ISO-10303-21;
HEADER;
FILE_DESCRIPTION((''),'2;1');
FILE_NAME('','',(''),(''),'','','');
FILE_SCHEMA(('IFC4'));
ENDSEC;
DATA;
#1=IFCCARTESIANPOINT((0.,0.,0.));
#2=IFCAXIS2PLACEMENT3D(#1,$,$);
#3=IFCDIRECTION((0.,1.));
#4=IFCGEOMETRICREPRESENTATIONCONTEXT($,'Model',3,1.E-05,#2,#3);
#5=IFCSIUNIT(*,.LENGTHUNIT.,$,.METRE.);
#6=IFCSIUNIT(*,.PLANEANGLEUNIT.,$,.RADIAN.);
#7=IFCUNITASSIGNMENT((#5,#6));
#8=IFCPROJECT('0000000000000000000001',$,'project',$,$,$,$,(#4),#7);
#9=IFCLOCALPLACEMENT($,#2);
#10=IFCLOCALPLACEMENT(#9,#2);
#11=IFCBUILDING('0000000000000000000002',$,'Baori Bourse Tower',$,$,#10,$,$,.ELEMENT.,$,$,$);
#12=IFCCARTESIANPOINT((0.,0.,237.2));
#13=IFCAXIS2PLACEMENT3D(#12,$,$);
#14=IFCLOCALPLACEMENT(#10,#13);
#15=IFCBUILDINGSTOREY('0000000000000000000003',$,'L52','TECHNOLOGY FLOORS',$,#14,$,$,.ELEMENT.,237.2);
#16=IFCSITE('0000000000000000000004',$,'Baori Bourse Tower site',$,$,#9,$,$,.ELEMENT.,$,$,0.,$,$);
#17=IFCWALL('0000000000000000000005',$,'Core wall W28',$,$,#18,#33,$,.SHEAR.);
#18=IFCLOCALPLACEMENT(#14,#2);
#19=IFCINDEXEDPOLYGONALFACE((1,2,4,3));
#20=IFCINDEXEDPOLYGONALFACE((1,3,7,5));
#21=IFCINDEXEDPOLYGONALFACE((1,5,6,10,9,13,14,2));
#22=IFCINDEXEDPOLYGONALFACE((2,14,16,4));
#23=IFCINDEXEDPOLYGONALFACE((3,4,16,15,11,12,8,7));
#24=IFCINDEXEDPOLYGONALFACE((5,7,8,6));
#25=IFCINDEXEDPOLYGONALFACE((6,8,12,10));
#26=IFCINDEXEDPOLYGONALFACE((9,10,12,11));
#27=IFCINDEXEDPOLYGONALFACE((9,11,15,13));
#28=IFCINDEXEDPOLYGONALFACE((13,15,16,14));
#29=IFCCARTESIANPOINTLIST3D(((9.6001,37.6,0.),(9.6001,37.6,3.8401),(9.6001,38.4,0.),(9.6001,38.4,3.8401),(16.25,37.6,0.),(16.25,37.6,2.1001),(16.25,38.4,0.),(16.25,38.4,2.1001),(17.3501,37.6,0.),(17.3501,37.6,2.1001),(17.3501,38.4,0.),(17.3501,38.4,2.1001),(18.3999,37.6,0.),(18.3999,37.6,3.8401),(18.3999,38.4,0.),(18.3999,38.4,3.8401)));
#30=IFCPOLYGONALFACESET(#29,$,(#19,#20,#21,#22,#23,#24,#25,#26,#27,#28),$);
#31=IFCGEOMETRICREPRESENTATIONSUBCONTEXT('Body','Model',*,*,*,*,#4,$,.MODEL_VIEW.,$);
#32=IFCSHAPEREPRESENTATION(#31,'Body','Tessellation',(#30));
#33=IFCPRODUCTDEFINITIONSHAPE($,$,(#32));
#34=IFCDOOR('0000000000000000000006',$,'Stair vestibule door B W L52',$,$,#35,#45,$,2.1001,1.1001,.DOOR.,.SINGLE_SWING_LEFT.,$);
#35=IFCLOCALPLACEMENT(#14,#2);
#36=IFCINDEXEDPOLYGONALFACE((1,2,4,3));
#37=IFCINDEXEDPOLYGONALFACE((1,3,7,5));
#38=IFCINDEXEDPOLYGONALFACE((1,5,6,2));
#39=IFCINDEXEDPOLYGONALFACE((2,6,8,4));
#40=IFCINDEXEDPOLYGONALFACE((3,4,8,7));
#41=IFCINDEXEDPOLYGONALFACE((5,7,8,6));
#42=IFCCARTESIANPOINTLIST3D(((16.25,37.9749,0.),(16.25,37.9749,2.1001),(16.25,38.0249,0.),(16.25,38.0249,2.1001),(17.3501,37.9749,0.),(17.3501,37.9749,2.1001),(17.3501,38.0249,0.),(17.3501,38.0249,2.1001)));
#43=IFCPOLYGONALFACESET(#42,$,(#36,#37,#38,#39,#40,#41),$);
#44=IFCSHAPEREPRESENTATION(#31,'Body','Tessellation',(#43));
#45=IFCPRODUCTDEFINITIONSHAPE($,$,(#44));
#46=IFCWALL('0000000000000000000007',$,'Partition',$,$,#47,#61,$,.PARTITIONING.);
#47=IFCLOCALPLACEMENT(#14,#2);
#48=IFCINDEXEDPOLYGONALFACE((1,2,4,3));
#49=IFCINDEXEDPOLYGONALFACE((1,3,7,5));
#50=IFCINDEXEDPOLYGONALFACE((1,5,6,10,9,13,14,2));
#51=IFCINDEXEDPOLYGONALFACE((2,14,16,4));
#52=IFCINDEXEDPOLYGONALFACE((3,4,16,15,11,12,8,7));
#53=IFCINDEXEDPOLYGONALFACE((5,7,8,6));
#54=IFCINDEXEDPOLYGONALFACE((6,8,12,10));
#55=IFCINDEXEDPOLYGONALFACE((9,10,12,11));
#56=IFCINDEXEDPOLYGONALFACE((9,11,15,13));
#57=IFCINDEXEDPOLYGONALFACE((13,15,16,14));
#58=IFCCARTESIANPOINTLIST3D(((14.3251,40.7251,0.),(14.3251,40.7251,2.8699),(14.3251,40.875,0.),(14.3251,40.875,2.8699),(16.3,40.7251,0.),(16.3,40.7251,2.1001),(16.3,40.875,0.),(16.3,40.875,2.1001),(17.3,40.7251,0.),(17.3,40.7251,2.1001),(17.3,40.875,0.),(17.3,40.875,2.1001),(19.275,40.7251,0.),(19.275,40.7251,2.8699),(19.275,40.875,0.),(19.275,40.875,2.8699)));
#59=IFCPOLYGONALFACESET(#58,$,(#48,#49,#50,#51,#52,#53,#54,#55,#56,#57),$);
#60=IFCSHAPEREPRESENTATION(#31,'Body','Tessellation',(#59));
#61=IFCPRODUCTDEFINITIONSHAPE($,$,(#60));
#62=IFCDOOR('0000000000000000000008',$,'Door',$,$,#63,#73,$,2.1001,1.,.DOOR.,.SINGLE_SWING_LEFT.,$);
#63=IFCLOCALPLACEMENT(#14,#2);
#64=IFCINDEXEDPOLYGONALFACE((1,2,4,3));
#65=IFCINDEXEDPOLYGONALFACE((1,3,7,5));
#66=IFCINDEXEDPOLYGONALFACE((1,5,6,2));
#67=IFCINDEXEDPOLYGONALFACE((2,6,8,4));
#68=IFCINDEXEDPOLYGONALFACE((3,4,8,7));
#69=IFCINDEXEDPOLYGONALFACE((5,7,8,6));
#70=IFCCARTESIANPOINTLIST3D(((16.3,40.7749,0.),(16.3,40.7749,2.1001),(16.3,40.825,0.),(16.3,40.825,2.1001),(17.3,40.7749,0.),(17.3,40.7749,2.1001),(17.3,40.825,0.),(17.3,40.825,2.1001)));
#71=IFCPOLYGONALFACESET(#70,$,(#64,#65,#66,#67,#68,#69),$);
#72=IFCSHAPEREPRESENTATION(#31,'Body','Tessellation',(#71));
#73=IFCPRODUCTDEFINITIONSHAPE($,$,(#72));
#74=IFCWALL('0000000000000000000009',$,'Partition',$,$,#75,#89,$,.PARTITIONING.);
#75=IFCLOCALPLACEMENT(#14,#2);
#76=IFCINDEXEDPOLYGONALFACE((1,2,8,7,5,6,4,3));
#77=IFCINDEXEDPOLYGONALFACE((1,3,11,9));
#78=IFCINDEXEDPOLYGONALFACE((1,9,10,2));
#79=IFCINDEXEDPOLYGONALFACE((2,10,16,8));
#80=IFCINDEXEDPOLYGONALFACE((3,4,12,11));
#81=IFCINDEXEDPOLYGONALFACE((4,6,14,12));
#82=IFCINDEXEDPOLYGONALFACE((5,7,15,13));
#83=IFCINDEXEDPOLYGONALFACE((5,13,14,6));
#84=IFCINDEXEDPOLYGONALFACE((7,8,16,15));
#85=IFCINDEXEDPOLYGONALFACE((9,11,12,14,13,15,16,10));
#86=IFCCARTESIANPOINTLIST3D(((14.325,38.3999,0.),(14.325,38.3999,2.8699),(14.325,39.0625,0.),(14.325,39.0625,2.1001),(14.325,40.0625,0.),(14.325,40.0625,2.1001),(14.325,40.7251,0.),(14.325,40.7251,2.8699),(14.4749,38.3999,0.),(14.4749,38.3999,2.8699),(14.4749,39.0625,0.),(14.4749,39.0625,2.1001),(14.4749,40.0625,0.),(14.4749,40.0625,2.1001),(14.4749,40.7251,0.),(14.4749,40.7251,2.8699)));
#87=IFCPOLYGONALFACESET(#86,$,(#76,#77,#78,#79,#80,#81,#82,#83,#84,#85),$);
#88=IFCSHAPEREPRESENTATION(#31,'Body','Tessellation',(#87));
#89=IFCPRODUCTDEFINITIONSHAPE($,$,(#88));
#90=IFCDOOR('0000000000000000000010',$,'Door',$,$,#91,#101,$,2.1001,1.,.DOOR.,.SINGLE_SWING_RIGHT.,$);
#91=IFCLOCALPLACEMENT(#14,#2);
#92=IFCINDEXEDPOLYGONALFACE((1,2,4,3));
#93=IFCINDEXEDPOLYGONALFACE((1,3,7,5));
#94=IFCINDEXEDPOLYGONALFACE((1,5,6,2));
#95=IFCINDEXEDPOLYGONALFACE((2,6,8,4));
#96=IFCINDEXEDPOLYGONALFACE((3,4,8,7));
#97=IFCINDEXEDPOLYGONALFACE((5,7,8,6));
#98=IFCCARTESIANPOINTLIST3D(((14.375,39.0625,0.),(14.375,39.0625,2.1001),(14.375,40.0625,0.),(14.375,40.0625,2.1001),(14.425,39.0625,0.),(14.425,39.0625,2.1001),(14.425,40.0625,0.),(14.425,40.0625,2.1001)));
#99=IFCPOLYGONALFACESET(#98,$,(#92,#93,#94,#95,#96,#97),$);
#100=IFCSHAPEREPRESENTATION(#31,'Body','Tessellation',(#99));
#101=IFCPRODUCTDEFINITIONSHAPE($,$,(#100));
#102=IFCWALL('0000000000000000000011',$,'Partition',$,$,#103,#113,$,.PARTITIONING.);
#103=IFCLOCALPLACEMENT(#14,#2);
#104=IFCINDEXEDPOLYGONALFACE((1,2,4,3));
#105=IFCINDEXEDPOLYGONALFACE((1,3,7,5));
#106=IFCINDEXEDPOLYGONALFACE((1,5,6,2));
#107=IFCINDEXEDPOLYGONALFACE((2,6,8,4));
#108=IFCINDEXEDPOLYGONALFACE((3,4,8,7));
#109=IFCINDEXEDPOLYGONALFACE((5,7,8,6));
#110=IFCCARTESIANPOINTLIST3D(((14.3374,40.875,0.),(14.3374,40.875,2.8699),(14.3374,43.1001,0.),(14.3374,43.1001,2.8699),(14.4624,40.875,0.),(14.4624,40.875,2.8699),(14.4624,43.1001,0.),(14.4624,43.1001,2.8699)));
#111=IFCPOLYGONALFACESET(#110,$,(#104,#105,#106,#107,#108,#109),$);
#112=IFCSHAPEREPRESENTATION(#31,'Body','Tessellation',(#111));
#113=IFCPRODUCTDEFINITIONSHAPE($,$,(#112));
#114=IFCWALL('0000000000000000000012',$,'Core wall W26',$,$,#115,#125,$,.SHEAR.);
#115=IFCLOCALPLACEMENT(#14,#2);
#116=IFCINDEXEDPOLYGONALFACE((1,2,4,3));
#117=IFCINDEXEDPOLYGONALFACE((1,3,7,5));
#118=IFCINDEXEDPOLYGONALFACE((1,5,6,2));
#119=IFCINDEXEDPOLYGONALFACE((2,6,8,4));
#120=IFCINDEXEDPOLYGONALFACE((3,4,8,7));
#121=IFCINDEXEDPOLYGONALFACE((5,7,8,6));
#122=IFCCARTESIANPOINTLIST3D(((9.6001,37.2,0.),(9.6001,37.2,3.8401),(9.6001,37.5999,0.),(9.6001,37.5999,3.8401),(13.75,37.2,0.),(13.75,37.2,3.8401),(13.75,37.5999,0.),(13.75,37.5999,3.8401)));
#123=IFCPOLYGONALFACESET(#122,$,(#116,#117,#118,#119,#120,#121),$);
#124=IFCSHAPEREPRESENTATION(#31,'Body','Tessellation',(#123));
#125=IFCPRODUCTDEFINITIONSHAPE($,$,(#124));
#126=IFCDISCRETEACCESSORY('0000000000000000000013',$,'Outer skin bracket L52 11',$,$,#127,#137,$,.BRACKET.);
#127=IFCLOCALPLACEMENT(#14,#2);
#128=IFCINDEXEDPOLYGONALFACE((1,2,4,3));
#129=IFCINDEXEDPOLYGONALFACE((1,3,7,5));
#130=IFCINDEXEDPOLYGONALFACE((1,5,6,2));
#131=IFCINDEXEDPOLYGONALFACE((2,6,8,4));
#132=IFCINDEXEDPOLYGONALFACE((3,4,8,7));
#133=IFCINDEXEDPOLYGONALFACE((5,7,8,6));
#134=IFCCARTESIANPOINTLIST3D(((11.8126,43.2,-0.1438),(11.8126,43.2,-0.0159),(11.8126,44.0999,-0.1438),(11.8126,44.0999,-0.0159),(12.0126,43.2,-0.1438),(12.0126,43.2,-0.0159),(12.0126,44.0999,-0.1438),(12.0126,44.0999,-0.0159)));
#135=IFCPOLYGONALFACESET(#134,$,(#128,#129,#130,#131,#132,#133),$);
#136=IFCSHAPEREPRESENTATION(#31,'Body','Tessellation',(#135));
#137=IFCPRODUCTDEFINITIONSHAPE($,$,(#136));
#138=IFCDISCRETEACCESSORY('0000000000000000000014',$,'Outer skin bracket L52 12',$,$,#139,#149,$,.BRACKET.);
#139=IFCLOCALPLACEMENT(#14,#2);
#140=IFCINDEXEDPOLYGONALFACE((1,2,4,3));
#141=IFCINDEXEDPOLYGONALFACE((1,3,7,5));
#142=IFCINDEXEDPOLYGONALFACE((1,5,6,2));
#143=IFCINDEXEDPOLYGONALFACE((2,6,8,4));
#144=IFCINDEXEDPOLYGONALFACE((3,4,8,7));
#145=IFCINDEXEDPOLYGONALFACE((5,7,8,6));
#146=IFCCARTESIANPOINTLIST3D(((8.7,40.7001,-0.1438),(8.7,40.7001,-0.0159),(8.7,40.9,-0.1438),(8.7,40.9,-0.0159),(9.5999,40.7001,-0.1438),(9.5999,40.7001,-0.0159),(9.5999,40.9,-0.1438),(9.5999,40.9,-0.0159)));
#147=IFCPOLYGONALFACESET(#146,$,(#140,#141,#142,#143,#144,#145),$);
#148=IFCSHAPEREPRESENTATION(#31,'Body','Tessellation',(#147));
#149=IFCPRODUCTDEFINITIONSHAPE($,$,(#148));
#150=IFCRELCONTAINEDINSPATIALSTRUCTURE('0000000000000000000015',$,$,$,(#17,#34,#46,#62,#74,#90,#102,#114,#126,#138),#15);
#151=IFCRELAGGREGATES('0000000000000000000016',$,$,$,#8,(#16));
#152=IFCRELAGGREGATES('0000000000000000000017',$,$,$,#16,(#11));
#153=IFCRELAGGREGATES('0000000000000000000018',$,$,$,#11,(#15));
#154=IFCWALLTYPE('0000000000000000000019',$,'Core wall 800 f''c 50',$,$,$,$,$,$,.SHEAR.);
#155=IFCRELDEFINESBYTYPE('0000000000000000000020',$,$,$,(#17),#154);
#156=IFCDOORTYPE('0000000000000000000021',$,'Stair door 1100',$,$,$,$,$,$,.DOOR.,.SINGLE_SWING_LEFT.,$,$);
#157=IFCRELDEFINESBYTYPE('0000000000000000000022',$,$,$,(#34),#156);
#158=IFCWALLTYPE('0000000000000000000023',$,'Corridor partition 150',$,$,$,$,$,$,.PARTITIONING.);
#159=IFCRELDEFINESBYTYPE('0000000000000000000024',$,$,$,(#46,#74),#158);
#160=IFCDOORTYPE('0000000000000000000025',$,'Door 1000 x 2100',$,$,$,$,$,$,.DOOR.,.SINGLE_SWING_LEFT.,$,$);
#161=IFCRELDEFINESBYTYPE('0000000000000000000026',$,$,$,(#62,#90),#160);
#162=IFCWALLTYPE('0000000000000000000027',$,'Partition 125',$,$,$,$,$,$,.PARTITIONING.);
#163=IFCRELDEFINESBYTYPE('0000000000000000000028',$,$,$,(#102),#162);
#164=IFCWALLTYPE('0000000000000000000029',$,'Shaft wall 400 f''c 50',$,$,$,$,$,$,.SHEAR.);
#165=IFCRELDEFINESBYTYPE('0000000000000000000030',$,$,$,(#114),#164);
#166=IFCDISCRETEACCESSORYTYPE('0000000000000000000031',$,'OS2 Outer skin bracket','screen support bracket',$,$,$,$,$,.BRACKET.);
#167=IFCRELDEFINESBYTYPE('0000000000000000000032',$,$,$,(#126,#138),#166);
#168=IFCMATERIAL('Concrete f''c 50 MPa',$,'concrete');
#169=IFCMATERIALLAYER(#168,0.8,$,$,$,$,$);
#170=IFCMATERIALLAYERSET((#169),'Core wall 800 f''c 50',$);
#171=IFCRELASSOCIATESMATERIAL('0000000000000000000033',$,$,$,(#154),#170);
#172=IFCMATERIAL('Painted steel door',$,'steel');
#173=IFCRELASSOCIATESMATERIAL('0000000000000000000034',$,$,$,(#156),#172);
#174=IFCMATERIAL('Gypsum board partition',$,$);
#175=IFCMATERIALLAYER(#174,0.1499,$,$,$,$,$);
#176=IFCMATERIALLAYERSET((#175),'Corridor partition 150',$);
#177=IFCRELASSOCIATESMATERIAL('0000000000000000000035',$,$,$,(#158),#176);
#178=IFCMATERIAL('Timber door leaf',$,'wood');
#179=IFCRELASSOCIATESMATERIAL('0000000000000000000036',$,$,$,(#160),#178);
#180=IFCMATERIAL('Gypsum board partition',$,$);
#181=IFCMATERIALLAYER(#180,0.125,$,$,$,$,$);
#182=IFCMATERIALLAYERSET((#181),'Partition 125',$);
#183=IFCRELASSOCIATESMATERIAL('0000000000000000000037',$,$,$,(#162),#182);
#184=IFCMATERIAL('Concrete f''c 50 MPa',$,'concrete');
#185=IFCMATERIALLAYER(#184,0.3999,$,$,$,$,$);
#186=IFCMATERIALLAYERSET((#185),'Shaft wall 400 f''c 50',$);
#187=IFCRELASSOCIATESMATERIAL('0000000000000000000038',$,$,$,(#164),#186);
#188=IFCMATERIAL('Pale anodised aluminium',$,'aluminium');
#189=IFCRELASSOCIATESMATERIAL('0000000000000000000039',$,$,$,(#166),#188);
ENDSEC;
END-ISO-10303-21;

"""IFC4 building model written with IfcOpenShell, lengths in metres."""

from ifc_helpers import new_model, si_unit, direction, frame, frame_2d, origin, origin_2d, place, context, subcontext, project, spatial, rectangle, extrude, material, layer, layer_set, type_object, element, fill, save


model = new_model("IFC4")

# Units and contexts
model_context = context("Model", 3, precision=1e-05, world=origin(), true_north=direction((0.0, 1.0)))
body_context = subcontext(model_context, "Body", "Model", "MODEL_VIEW")
ifc_project = project(units=[si_unit("LENGTHUNIT", "METRE"), si_unit("PLANEANGLEUNIT", "RADIAN")], contexts=[model_context])

# Site, building, storey
site_placement = place(None, origin())
site = spatial("IfcSite", under=ifc_project, at=site_placement, Name="Baori Bourse Tower site", CompositionType="ELEMENT", RefElevation=0.0)
building_placement = place(site_placement, origin())
building = spatial("IfcBuilding", under=site, at=building_placement, Name="Baori Bourse Tower", CompositionType="ELEMENT")
storey_placement = place(building_placement, frame((0.0, 0.0, 237.2)))
storey = spatial("IfcBuildingStorey", under=building, at=storey_placement, Name="L52", Description="TECHNOLOGY FLOORS", CompositionType="ELEMENT", Elevation=237.2)

# Shared definitions
ifc_material_1 = material(Name="Concrete f'c 50 MPa", Category="concrete")
ifc_layer_1 = layer(ifc_material_1, 0.8)
ifc_layer_set_1 = layer_set([ifc_layer_1], Name="Core wall 800 f'c 50")
wall_type_1 = type_object("IfcWallType", Name="Core wall 800 f'c 50", PredefinedType="SHEAR", material=ifc_layer_set_1)

# Walls, openings, doors
wall_1_placement = place(storey_placement, frame((9.6001, 38.0, 0.0), z_axis=(0.0, 0.0, 1.0), x_axis=(1.0, 0.0, 0.0)))
wall_1 = element("IfcWall", 1, at=wall_1_placement, inside=storey, type_object=wall_type_1, Name="Core wall W28", PredefinedType="SHEAR", context=body_context, shape_type="SweptSolid", body=[
    extrude(rectangle(XDim=8.7998, YDim=0.8, at=frame_2d((4.3999, 0.0))), origin(), (0.0, 0.0, 1.0), 3.8401),
])
opening_1_placement = place(wall_1_placement, frame((6.6499, 0.0, 0.0)))
opening_1 = element("IfcOpeningElement", 2, at=opening_1_placement, cuts=wall_1, PredefinedType="OPENING", context=body_context, shape_type="SweptSolid", body=[
    extrude(rectangle(XDim=1.1001, YDim=2.1001, at=frame_2d((0.55, 1.05))), frame((0.0, 0.4099, 0.0), z_axis=(0.0, -1.0, 0.0), x_axis=(1.0, 0.0, 0.0)), (0.0, 0.0, 1.0), 0.8201),
])
ifc_material_2 = material(Name="Painted steel door", Category="steel")
door_type_1 = type_object("IfcDoorType", Name="Stair door 1100", OperationType="SINGLE_SWING_LEFT", PredefinedType="DOOR", material=ifc_material_2)
door_1_placement = place(opening_1_placement, origin())
door_1 = element("IfcDoor", 3, at=door_1_placement, inside=storey, type_object=door_type_1, Name="Stair vestibule door B W L52", OperationType="SINGLE_SWING_LEFT", OverallHeight=2.1001, OverallWidth=1.1001, PredefinedType="DOOR", context=body_context, shape_type="SweptSolid", body=[
    extrude(rectangle(XDim=1.1001, YDim=2.1001, at=frame_2d((0.55, 1.05))), frame((0.0, 0.0249, 0.0), z_axis=(0.0, -1.0, 0.0), x_axis=(1.0, 0.0, 0.0)), (0.0, 0.0, 1.0), 0.05),
])
fill(opening_1, door_1)
ifc_material_3 = material(Name="Gypsum board partition")
ifc_layer_2 = layer(ifc_material_3, 0.1499)
ifc_layer_set_2 = layer_set([ifc_layer_2], Name="Corridor partition 150")
wall_type_2 = type_object("IfcWallType", Name="Corridor partition 150", PredefinedType="PARTITIONING", material=ifc_layer_set_2)
wall_2_placement = place(storey_placement, frame((14.325, 40.8, 0.0), z_axis=(0.0, 0.0, 1.0), x_axis=(1.0, 0.0, 0.0)))
wall_2 = element("IfcWall", 4, at=wall_2_placement, inside=storey, type_object=wall_type_2, Name="Partition", PredefinedType="PARTITIONING", context=body_context, shape_type="SweptSolid", body=[
    extrude(rectangle(XDim=4.95, YDim=0.1499, at=frame_2d((2.4751, 0.0))), origin(), (0.0, 0.0, 1.0), 2.8699),
])
opening_2_placement = place(wall_2_placement, frame((1.9751, 0.0, 0.0)))
opening_2 = element("IfcOpeningElement", 5, at=opening_2_placement, cuts=wall_2, PredefinedType="OPENING", context=body_context, shape_type="SweptSolid", body=[
    extrude(rectangle(XDim=1.0, YDim=2.1001, at=frame_2d((0.5, 1.05))), frame((0.0, 0.085, 0.0), z_axis=(0.0, -1.0, 0.0), x_axis=(1.0, 0.0, 0.0)), (0.0, 0.0, 1.0), 0.1699),
])
ifc_material_4 = material(Name="Timber door leaf", Category="wood")
door_type_2 = type_object("IfcDoorType", Name="Door 1000 x 2100", OperationType="SINGLE_SWING_LEFT", PredefinedType="DOOR", material=ifc_material_4)
door_2_placement = place(opening_2_placement, origin())
door_2 = element("IfcDoor", 6, at=door_2_placement, inside=storey, type_object=door_type_2, Name="Door", OperationType="SINGLE_SWING_LEFT", OverallHeight=2.1001, OverallWidth=1.0, PredefinedType="DOOR", context=body_context, shape_type="SweptSolid", body=[
    extrude(rectangle(XDim=1.0, YDim=2.1001, at=frame_2d((0.5, 1.05))), frame((0.0, 0.0249, 0.0), z_axis=(0.0, -1.0, 0.0), x_axis=(1.0, 0.0, 0.0)), (0.0, 0.0, 1.0), 0.05),
])
fill(opening_2, door_2)
wall_3_placement = place(storey_placement, frame((14.3999, 38.3999, 0.0), z_axis=(0.0, 0.0, 1.0), x_axis=(0.0, 1.0, 0.0)))
wall_3 = element("IfcWall", 7, at=wall_3_placement, inside=storey, type_object=wall_type_2, Name="Partition", PredefinedType="PARTITIONING", context=body_context, shape_type="SweptSolid", body=[
    extrude(rectangle(XDim=2.3252, YDim=0.1499, at=frame_2d((1.1626, 0.0))), origin(), (0.0, 0.0, 1.0), 2.8699),
])
opening_3_placement = place(wall_3_placement, frame((0.6626, 0.0, 0.0)))
opening_3 = element("IfcOpeningElement", 8, at=opening_3_placement, cuts=wall_3, PredefinedType="OPENING", context=body_context, shape_type="SweptSolid", body=[
    extrude(rectangle(XDim=1.0, YDim=2.1001, at=frame_2d((0.5, 1.05))), frame((0.0, 0.085, 0.0), z_axis=(0.0, -1.0, 0.0), x_axis=(1.0, 0.0, 0.0)), (0.0, 0.0, 1.0), 0.1699),
])
door_3_placement = place(opening_3_placement, origin())
door_3 = element("IfcDoor", 9, at=door_3_placement, inside=storey, type_object=door_type_2, Name="Door", OperationType="SINGLE_SWING_RIGHT", OverallHeight=2.1001, OverallWidth=1.0, PredefinedType="DOOR", context=body_context, shape_type="SweptSolid", body=[
    extrude(rectangle(XDim=1.0, YDim=2.1001, at=frame_2d((0.5, 1.05))), frame((0.0, 0.0249, 0.0), z_axis=(0.0, -1.0, 0.0), x_axis=(1.0, 0.0, 0.0)), (0.0, 0.0, 1.0), 0.05),
])
fill(opening_3, door_3)

# Walls
ifc_material_5 = material(Name="Gypsum board partition")
ifc_layer_3 = layer(ifc_material_5, 0.125)
ifc_layer_set_3 = layer_set([ifc_layer_3], Name="Partition 125")
wall_type_3 = type_object("IfcWallType", Name="Partition 125", PredefinedType="PARTITIONING", material=ifc_layer_set_3)
wall_4_placement = place(storey_placement, frame((14.3999, 40.875, 0.0), z_axis=(0.0, 0.0, 1.0), x_axis=(0.0, 1.0, 0.0)))
element("IfcWall", 10, at=wall_4_placement, inside=storey, type_object=wall_type_3, Name="Partition", PredefinedType="PARTITIONING", context=body_context, shape_type="SweptSolid", body=[
    extrude(rectangle(XDim=2.2251, YDim=0.125, at=frame_2d((1.1125, 0.0))), origin(), (0.0, 0.0, 1.0), 2.8699),
])
ifc_material_6 = material(Name="Concrete f'c 50 MPa", Category="concrete")
ifc_layer_4 = layer(ifc_material_6, 0.3999)
ifc_layer_set_4 = layer_set([ifc_layer_4], Name="Shaft wall 400 f'c 50")
wall_type_4 = type_object("IfcWallType", Name="Shaft wall 400 f'c 50", PredefinedType="SHEAR", material=ifc_layer_set_4)
wall_5_placement = place(storey_placement, frame((9.6001, 37.3999, 0.0), z_axis=(0.0, 0.0, 1.0), x_axis=(1.0, 0.0, 0.0)))
element("IfcWall", 11, at=wall_5_placement, inside=storey, type_object=wall_type_4, Name="Core wall W26", PredefinedType="SHEAR", context=body_context, shape_type="SweptSolid", body=[
    extrude(rectangle(XDim=4.1499, YDim=0.3999, at=frame_2d((2.075, 0.0))), origin(), (0.0, 0.0, 1.0), 3.8401),
])

# Discrete accessories
ifc_material_7 = material(Name="Pale anodised aluminium", Category="aluminium")
discrete_accessory_type = type_object("IfcDiscreteAccessoryType", Name="OS2 Outer skin bracket", Description="screen support bracket", PredefinedType="BRACKET", material=ifc_material_7)
for number, where, z_axis, x_axis, name in (
    (12, (11.9126, 43.6499, -0.1438), (0.0, 0.0, 1.0), (-1.0, 0.0, 0.0), "Outer skin bracket L52 11"),
    (13, (9.1499, 40.8, -0.1438), (0.0, 0.0, 1.0), (0.0, -1.0, 0.0), "Outer skin bracket L52 12"),
):
    element("IfcDiscreteAccessory", number, at=place(storey_placement, frame(where, z_axis=z_axis, x_axis=x_axis)), inside=storey, type_object=discrete_accessory_type, Name=name, PredefinedType="BRACKET", context=body_context, shape_type="SweptSolid", body=[
        extrude(rectangle(XDim=0.2, YDim=0.8999, at=origin_2d()), origin(), (0.0, 0.0, 1.0), 0.1279),
    ])

save(model, "model.ifc")
